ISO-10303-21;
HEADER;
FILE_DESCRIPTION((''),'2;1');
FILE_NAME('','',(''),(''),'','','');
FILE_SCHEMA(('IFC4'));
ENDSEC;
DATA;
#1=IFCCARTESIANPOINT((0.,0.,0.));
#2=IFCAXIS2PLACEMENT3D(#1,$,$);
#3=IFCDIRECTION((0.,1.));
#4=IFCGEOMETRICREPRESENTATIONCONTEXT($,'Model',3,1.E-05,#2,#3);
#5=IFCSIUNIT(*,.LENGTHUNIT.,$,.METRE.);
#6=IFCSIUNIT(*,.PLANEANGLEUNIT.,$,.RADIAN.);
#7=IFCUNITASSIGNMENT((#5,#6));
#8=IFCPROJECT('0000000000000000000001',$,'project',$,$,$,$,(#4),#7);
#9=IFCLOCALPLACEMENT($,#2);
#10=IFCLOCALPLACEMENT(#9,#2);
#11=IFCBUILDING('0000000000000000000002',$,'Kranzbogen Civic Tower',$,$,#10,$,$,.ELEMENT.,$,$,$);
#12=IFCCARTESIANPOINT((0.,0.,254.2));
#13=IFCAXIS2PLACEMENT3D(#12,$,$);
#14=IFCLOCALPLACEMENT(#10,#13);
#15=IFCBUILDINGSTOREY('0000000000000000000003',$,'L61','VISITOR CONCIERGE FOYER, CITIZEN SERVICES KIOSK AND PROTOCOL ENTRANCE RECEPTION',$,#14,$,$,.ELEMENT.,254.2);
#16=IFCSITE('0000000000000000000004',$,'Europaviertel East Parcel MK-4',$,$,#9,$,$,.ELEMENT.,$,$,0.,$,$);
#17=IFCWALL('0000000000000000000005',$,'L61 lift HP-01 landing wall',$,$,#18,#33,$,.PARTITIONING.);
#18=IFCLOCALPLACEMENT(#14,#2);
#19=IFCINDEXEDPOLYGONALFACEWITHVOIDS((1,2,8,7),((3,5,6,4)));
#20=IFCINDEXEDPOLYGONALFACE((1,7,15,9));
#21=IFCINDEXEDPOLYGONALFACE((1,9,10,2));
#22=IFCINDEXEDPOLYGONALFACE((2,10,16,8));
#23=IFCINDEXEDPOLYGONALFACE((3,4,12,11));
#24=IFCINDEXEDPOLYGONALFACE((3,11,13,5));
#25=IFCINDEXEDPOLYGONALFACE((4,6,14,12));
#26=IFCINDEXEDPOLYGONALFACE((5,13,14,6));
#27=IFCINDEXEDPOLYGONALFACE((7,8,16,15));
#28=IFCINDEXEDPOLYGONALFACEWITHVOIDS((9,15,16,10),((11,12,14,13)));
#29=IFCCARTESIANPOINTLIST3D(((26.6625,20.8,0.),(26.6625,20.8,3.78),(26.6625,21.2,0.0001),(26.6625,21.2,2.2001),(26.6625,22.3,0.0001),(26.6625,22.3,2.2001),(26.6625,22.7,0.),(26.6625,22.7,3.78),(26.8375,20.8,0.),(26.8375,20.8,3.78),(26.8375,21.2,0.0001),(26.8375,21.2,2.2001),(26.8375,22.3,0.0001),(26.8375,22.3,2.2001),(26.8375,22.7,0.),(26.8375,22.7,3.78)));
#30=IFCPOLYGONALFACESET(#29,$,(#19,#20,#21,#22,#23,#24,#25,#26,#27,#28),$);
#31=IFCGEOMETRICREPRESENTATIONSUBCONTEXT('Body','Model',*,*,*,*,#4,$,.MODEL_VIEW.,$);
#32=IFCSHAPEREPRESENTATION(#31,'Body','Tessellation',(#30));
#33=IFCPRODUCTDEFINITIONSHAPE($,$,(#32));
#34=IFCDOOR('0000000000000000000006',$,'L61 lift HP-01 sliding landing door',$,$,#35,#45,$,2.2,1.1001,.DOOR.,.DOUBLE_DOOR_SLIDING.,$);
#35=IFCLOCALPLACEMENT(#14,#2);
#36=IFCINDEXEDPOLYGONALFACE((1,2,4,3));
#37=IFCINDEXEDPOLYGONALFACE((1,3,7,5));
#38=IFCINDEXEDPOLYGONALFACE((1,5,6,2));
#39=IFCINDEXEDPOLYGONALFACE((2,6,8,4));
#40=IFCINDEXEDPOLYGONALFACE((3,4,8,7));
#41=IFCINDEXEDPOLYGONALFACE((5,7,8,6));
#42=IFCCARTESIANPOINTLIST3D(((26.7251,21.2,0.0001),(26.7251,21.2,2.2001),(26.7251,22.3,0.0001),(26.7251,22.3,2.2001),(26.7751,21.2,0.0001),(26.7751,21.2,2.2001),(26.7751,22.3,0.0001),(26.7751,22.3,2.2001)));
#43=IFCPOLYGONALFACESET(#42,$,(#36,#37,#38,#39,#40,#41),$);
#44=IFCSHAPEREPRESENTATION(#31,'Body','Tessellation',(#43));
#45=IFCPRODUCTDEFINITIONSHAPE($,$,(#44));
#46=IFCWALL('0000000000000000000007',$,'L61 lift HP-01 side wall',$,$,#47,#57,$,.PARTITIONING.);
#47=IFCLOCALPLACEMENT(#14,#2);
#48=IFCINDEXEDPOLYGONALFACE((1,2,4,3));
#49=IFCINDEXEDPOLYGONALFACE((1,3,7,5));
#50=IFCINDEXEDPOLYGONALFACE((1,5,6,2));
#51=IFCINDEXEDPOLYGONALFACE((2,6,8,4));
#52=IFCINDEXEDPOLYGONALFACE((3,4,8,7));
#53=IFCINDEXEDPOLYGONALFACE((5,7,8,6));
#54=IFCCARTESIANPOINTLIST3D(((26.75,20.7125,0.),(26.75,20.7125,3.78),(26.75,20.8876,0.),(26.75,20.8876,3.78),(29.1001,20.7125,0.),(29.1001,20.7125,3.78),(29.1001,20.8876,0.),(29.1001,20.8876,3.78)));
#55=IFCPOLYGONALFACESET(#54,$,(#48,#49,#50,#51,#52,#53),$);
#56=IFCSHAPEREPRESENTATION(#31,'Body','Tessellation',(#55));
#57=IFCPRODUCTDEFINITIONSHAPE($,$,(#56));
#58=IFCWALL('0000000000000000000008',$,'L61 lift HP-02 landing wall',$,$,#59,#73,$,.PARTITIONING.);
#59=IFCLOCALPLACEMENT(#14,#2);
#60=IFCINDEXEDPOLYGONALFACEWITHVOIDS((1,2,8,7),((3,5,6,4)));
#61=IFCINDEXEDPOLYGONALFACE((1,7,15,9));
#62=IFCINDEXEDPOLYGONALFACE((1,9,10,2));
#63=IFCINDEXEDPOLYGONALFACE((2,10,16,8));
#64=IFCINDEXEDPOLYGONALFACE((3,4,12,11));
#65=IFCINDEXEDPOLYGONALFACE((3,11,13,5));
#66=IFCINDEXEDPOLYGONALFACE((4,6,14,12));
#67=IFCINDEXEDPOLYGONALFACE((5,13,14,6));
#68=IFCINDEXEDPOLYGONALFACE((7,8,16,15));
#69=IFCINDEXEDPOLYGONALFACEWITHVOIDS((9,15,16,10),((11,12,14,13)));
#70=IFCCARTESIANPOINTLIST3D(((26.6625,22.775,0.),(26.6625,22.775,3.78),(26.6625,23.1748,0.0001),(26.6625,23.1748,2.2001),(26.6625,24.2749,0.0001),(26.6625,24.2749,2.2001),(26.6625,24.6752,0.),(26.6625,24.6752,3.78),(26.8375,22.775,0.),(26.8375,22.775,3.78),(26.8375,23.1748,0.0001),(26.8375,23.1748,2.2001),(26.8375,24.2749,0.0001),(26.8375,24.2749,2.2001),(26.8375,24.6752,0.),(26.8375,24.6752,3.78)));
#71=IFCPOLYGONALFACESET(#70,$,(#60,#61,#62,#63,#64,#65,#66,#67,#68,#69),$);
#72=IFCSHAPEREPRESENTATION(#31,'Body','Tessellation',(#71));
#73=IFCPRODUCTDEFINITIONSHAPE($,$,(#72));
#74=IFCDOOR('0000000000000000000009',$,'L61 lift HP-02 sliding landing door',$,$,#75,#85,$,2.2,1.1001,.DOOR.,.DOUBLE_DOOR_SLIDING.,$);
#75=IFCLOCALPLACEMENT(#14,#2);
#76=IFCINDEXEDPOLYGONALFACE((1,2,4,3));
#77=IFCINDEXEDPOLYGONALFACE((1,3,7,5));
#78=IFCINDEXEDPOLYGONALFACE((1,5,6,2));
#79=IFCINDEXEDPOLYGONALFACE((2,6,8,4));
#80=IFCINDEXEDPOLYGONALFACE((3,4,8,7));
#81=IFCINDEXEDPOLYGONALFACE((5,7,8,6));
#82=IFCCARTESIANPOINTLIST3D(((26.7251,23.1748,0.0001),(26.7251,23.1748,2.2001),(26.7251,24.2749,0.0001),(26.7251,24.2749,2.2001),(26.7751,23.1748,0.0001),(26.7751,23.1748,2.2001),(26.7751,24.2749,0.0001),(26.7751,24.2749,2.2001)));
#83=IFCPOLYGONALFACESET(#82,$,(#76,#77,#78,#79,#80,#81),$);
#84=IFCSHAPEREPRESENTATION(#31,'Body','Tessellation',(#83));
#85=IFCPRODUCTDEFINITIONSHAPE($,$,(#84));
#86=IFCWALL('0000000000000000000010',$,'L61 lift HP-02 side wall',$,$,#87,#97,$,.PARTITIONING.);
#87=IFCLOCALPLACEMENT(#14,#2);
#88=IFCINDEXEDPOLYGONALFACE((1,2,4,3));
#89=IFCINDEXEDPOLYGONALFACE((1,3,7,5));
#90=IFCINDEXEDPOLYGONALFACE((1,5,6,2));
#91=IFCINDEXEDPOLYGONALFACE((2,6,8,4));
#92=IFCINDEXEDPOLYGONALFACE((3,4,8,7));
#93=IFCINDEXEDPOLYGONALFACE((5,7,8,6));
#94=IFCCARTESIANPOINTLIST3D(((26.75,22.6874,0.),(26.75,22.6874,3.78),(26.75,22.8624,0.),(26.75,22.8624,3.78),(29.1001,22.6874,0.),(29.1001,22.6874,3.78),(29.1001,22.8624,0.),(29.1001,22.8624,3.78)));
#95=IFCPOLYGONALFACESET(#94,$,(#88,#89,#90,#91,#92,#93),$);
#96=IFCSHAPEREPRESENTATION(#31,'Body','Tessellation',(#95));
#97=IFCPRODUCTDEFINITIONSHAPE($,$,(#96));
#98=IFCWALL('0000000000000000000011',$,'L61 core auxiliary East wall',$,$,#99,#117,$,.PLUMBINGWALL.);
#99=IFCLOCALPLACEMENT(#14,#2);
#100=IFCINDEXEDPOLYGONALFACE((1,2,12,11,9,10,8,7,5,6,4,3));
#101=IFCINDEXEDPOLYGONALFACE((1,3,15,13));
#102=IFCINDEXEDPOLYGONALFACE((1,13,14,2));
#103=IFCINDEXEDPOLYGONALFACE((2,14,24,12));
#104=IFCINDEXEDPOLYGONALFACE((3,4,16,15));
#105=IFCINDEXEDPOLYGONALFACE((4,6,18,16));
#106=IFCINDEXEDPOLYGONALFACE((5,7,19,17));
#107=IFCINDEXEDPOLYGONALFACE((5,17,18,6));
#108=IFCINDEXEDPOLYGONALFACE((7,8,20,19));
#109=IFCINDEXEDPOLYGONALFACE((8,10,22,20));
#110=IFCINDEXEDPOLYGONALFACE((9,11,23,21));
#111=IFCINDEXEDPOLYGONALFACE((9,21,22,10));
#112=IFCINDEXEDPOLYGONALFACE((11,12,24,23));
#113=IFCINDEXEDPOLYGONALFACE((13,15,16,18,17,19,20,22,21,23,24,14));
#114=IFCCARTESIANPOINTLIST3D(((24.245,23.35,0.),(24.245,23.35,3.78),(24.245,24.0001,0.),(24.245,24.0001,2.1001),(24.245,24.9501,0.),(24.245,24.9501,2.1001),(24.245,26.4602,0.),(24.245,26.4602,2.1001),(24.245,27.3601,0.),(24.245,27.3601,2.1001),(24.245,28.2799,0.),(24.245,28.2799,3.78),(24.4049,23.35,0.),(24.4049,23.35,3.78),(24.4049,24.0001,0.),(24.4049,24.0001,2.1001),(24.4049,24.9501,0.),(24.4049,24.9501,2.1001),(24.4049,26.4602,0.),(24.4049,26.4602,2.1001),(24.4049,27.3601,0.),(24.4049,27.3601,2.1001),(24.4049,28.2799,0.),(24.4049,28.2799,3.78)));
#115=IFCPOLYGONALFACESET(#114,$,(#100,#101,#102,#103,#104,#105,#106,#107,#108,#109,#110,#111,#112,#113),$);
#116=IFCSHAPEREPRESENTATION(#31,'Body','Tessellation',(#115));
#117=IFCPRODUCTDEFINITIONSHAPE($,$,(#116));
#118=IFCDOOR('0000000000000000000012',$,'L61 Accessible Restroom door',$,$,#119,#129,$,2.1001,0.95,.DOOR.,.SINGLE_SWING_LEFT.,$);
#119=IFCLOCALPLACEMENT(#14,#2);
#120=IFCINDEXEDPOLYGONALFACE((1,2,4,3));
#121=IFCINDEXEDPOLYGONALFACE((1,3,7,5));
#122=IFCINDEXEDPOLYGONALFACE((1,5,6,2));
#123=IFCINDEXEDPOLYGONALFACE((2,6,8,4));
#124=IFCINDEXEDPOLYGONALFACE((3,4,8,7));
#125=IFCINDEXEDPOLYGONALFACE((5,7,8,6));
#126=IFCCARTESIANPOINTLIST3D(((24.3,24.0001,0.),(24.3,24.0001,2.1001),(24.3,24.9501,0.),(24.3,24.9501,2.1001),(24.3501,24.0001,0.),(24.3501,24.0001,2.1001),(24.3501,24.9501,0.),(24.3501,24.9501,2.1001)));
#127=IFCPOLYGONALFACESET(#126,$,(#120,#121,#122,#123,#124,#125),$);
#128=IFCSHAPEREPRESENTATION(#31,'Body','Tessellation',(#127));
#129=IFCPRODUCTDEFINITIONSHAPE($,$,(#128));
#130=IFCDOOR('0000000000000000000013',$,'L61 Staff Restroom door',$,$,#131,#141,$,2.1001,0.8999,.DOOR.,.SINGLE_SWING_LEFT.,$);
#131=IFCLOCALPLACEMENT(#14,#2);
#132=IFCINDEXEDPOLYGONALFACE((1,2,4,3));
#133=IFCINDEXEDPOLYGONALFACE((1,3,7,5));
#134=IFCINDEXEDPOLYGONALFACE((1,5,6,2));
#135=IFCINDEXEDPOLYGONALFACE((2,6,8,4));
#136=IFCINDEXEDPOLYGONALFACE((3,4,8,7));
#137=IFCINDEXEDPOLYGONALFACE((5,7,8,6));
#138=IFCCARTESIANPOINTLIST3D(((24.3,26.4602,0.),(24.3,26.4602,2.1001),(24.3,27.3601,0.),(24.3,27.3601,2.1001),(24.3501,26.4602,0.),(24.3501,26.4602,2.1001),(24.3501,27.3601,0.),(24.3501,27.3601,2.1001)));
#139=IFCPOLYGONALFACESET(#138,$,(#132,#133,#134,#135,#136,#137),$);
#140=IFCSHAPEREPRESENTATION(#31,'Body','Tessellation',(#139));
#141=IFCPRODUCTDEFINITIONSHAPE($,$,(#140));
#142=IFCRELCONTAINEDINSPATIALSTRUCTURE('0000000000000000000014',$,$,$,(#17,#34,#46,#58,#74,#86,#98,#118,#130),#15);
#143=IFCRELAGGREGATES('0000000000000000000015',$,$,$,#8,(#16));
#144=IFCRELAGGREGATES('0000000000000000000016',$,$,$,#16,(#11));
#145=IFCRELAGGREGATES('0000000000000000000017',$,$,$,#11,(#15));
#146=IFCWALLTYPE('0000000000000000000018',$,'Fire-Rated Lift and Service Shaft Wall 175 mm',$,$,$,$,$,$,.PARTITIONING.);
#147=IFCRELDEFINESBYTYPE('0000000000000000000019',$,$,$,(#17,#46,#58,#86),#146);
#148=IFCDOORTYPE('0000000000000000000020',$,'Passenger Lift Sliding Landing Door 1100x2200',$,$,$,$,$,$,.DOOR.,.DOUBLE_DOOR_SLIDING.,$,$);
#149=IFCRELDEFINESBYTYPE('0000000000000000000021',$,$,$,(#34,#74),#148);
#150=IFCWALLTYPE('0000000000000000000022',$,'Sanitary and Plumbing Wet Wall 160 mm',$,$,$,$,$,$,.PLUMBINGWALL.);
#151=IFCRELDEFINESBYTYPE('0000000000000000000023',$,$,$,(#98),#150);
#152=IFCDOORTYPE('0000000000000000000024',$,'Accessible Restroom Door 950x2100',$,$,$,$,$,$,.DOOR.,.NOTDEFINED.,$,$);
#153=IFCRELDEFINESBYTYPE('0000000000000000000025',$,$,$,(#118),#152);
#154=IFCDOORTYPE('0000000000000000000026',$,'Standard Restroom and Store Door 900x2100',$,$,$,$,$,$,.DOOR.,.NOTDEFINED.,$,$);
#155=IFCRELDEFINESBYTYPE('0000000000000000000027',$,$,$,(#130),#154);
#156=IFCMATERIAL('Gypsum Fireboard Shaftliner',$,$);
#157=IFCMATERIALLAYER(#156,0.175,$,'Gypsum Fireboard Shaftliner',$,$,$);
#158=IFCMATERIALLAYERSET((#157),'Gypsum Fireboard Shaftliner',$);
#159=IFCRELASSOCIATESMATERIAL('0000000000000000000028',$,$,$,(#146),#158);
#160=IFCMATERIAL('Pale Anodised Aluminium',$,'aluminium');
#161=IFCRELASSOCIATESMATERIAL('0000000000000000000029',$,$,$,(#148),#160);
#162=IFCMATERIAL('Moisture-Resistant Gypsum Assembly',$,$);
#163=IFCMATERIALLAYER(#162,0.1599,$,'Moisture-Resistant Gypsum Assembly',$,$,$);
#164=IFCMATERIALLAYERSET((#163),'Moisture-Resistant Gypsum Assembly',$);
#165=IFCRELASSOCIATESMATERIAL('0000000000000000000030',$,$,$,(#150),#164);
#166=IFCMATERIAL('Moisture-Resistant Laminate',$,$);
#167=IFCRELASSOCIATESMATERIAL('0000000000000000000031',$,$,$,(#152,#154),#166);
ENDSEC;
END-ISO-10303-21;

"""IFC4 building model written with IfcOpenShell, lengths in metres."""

from ifc_helpers import new_model, si_unit, direction, frame, frame_2d, origin, place, context, subcontext, project, spatial, rectangle, extrude, material, layer, layer_set, type_object, element, fill, save


model = new_model("IFC4")

# Units and contexts
model_context = context("Model", 3, precision=1e-05, world=origin(), true_north=direction((0.0, 1.0)))
body_context = subcontext(model_context, "Body", "Model", "MODEL_VIEW")
ifc_project = project(units=[si_unit("LENGTHUNIT", "METRE"), si_unit("PLANEANGLEUNIT", "RADIAN")], contexts=[model_context])

# Site, building, storey
site_placement = place(None, origin())
site = spatial("IfcSite", under=ifc_project, at=site_placement, Name="Europaviertel East Parcel MK-4", CompositionType="ELEMENT", RefElevation=0.0)
building_placement = place(site_placement, origin())
building = spatial("IfcBuilding", under=site, at=building_placement, Name="Kranzbogen Civic Tower", CompositionType="ELEMENT")
storey_placement = place(building_placement, frame((0.0, 0.0, 254.2)))
storey = spatial("IfcBuildingStorey", under=building, at=storey_placement, Name="L61", Description="VISITOR CONCIERGE FOYER, CITIZEN SERVICES KIOSK AND PROTOCOL ENTRANCE RECEPTION", CompositionType="ELEMENT", Elevation=254.2)

# Shared definitions
ifc_material_1 = material(Name="Gypsum Fireboard Shaftliner")
ifc_layer_1 = layer(ifc_material_1, 0.175, Name="Gypsum Fireboard Shaftliner")
ifc_layer_set_1 = layer_set([ifc_layer_1], Name="Gypsum Fireboard Shaftliner")
wall_type_1 = type_object("IfcWallType", Name="Fire-Rated Lift and Service Shaft Wall 175 mm", PredefinedType="PARTITIONING", material=ifc_layer_set_1)

# Wall, opening, door
wall_1_placement = place(storey_placement, frame((26.75, 20.8, 0.0), z_axis=(0.0, 0.0, 1.0), x_axis=(0.0, 1.0, 0.0)))
wall_1 = element("IfcWall", 1, at=wall_1_placement, inside=storey, type_object=wall_type_1, Name="L61 lift HP-01 landing wall", PredefinedType="PARTITIONING", context=body_context, shape_type="SweptSolid", body=[
    extrude(rectangle(XDim=1.8999, YDim=0.175, at=frame_2d((0.95, 0.0))), origin(), (0.0, 0.0, 1.0), 3.78),
])
opening_1_placement = place(wall_1_placement, frame((0.3999, 0.0, 0.0)))
opening_1 = element("IfcOpeningElement", 2, at=opening_1_placement, cuts=wall_1, PredefinedType="OPENING", context=body_context, shape_type="SweptSolid", body=[
    extrude(rectangle(XDim=1.1001, YDim=2.2, at=frame_2d((0.55, 1.1001))), frame((0.0, 0.0977, 0.0), z_axis=(0.0, -1.0, 0.0), x_axis=(1.0, 0.0, 0.0)), (0.0, 0.0, 1.0), 0.1951),
])
ifc_material_2 = material(Name="Pale Anodised Aluminium", Category="aluminium")
door_type_1 = type_object("IfcDoorType", Name="Passenger Lift Sliding Landing Door 1100x2200", OperationType="DOUBLE_DOOR_SLIDING", PredefinedType="DOOR", material=ifc_material_2)
door_1_placement = place(opening_1_placement, origin())
door_1 = element("IfcDoor", 3, at=door_1_placement, inside=storey, type_object=door_type_1, Name="L61 lift HP-01 sliding landing door", OperationType="DOUBLE_DOOR_SLIDING", OverallHeight=2.2, OverallWidth=1.1001, PredefinedType="DOOR", context=body_context, shape_type="SweptSolid", body=[
    extrude(rectangle(XDim=1.1001, YDim=2.2, at=frame_2d((0.55, 1.1001))), frame((0.0, 0.0249, 0.0), z_axis=(0.0, -1.0, 0.0), x_axis=(1.0, 0.0, 0.0)), (0.0, 0.0, 1.0), 0.05),
])
fill(opening_1, door_1)

# Wall
wall_2_placement = place(storey_placement, frame((26.75, 20.8, 0.0), z_axis=(0.0, 0.0, 1.0), x_axis=(1.0, 0.0, 0.0)))
element("IfcWall", 4, at=wall_2_placement, inside=storey, type_object=wall_type_1, Name="L61 lift HP-01 side wall", PredefinedType="PARTITIONING", context=body_context, shape_type="SweptSolid", body=[
    extrude(rectangle(XDim=2.3501, YDim=0.175, at=frame_2d((1.175, 0.0))), origin(), (0.0, 0.0, 1.0), 3.78),
])

# Wall, opening, door
wall_3_placement = place(storey_placement, frame((26.75, 22.7749, 0.0), z_axis=(0.0, 0.0, 1.0), x_axis=(0.0, 1.0, 0.0)))
wall_3 = element("IfcWall", 5, at=wall_3_placement, inside=storey, type_object=wall_type_1, Name="L61 lift HP-02 landing wall", PredefinedType="PARTITIONING", context=body_context, shape_type="SweptSolid", body=[
    extrude(rectangle(XDim=1.9001, YDim=0.175, at=frame_2d((0.9502, 0.0))), origin(), (0.0, 0.0, 1.0), 3.78),
])
opening_2_placement = place(wall_3_placement, frame((0.3999, 0.0, 0.0)))
opening_2 = element("IfcOpeningElement", 6, at=opening_2_placement, cuts=wall_3, PredefinedType="OPENING", context=body_context, shape_type="SweptSolid", body=[
    extrude(rectangle(XDim=1.1001, YDim=2.2, at=frame_2d((0.55, 1.1001))), frame((0.0, 0.0977, 0.0), z_axis=(0.0, -1.0, 0.0), x_axis=(1.0, 0.0, 0.0)), (0.0, 0.0, 1.0), 0.1951),
])
door_2_placement = place(opening_2_placement, origin())
door_2 = element("IfcDoor", 7, at=door_2_placement, inside=storey, type_object=door_type_1, Name="L61 lift HP-02 sliding landing door", OperationType="DOUBLE_DOOR_SLIDING", OverallHeight=2.2, OverallWidth=1.1001, PredefinedType="DOOR", context=body_context, shape_type="SweptSolid", body=[
    extrude(rectangle(XDim=1.1001, YDim=2.2, at=frame_2d((0.55, 1.1001))), frame((0.0, 0.0249, 0.0), z_axis=(0.0, -1.0, 0.0), x_axis=(1.0, 0.0, 0.0)), (0.0, 0.0, 1.0), 0.05),
])
fill(opening_2, door_2)

# Wall
wall_4_placement = place(storey_placement, frame((26.75, 22.7749, 0.0), z_axis=(0.0, 0.0, 1.0), x_axis=(1.0, 0.0, 0.0)))
element("IfcWall", 8, at=wall_4_placement, inside=storey, type_object=wall_type_1, Name="L61 lift HP-02 side wall", PredefinedType="PARTITIONING", context=body_context, shape_type="SweptSolid", body=[
    extrude(rectangle(XDim=2.3501, YDim=0.175, at=frame_2d((1.175, 0.0))), origin(), (0.0, 0.0, 1.0), 3.78),
])

# Wall, openings, doors
ifc_material_3 = material(Name="Moisture-Resistant Gypsum Assembly")
ifc_layer_2 = layer(ifc_material_3, 0.1599, Name="Moisture-Resistant Gypsum Assembly")
ifc_layer_set_2 = layer_set([ifc_layer_2], Name="Moisture-Resistant Gypsum Assembly")
wall_type_2 = type_object("IfcWallType", Name="Sanitary and Plumbing Wet Wall 160 mm", PredefinedType="PLUMBINGWALL", material=ifc_layer_set_2)
wall_5_placement = place(storey_placement, frame((24.325, 23.3501, 0.0), z_axis=(0.0, 0.0, 1.0), x_axis=(0.0, 1.0, 0.0)))
wall_5 = element("IfcWall", 9, at=wall_5_placement, inside=storey, type_object=wall_type_2, Name="L61 core auxiliary East wall", PredefinedType="PLUMBINGWALL", context=body_context, shape_type="SweptSolid", body=[
    extrude(rectangle(XDim=4.9299, YDim=0.1599, at=frame_2d((2.4648, 0.0))), origin(), (0.0, 0.0, 1.0), 3.78),
])
opening_3_placement = place(wall_5_placement, frame((0.6499, 0.0, 0.0)))
opening_3 = element("IfcOpeningElement", 10, at=opening_3_placement, cuts=wall_5, PredefinedType="OPENING", context=body_context, shape_type="SweptSolid", body=[
    extrude(rectangle(XDim=0.95, YDim=2.1001, at=frame_2d((0.4751, 1.05))), frame((0.0, 0.0898, 0.0), z_axis=(0.0, -1.0, 0.0), x_axis=(1.0, 0.0, 0.0)), (0.0, 0.0, 1.0), 0.1799),
])
opening_4_placement = place(wall_5_placement, frame((3.1101, 0.0, 0.0)))
opening_4 = element("IfcOpeningElement", 11, at=opening_4_placement, cuts=wall_5, PredefinedType="OPENING", context=body_context, shape_type="SweptSolid", body=[
    extrude(rectangle(XDim=0.8999, YDim=2.1001, at=frame_2d((0.45, 1.05))), frame((0.0, 0.0898, 0.0), z_axis=(0.0, -1.0, 0.0), x_axis=(1.0, 0.0, 0.0)), (0.0, 0.0, 1.0), 0.1799),
])
ifc_material_4 = material(Name="Moisture-Resistant Laminate")
door_type_2 = type_object("IfcDoorType", Name="Accessible Restroom Door 950x2100", OperationType="NOTDEFINED", PredefinedType="DOOR", material=ifc_material_4)
door_3_placement = place(opening_3_placement, origin())
door_3 = element("IfcDoor", 12, at=door_3_placement, inside=storey, type_object=door_type_2, Name="L61 Accessible Restroom door", OperationType="SINGLE_SWING_LEFT", OverallHeight=2.1001, OverallWidth=0.95, PredefinedType="DOOR", context=body_context, shape_type="SweptSolid", body=[
    extrude(rectangle(XDim=0.95, YDim=2.1001, at=frame_2d((0.4751, 1.05))), frame((0.0, 0.0249, 0.0), z_axis=(0.0, -1.0, 0.0), x_axis=(1.0, 0.0, 0.0)), (0.0, 0.0, 1.0), 0.05),
])
fill(opening_3, door_3)
door_type_3 = type_object("IfcDoorType", Name="Standard Restroom and Store Door 900x2100", OperationType="NOTDEFINED", PredefinedType="DOOR", material=ifc_material_4)
door_4_placement = place(opening_4_placement, origin())
door_4 = element("IfcDoor", 13, at=door_4_placement, inside=storey, type_object=door_type_3, Name="L61 Staff Restroom door", OperationType="SINGLE_SWING_LEFT", OverallHeight=2.1001, OverallWidth=0.8999, PredefinedType="DOOR", context=body_context, shape_type="SweptSolid", body=[
    extrude(rectangle(XDim=0.8999, YDim=2.1001, at=frame_2d((0.45, 1.05))), frame((0.0, 0.0249, 0.0), z_axis=(0.0, -1.0, 0.0), x_axis=(1.0, 0.0, 0.0)), (0.0, 0.0, 1.0), 0.05),
])
fill(opening_4, door_4)

save(model, "model.ifc")
